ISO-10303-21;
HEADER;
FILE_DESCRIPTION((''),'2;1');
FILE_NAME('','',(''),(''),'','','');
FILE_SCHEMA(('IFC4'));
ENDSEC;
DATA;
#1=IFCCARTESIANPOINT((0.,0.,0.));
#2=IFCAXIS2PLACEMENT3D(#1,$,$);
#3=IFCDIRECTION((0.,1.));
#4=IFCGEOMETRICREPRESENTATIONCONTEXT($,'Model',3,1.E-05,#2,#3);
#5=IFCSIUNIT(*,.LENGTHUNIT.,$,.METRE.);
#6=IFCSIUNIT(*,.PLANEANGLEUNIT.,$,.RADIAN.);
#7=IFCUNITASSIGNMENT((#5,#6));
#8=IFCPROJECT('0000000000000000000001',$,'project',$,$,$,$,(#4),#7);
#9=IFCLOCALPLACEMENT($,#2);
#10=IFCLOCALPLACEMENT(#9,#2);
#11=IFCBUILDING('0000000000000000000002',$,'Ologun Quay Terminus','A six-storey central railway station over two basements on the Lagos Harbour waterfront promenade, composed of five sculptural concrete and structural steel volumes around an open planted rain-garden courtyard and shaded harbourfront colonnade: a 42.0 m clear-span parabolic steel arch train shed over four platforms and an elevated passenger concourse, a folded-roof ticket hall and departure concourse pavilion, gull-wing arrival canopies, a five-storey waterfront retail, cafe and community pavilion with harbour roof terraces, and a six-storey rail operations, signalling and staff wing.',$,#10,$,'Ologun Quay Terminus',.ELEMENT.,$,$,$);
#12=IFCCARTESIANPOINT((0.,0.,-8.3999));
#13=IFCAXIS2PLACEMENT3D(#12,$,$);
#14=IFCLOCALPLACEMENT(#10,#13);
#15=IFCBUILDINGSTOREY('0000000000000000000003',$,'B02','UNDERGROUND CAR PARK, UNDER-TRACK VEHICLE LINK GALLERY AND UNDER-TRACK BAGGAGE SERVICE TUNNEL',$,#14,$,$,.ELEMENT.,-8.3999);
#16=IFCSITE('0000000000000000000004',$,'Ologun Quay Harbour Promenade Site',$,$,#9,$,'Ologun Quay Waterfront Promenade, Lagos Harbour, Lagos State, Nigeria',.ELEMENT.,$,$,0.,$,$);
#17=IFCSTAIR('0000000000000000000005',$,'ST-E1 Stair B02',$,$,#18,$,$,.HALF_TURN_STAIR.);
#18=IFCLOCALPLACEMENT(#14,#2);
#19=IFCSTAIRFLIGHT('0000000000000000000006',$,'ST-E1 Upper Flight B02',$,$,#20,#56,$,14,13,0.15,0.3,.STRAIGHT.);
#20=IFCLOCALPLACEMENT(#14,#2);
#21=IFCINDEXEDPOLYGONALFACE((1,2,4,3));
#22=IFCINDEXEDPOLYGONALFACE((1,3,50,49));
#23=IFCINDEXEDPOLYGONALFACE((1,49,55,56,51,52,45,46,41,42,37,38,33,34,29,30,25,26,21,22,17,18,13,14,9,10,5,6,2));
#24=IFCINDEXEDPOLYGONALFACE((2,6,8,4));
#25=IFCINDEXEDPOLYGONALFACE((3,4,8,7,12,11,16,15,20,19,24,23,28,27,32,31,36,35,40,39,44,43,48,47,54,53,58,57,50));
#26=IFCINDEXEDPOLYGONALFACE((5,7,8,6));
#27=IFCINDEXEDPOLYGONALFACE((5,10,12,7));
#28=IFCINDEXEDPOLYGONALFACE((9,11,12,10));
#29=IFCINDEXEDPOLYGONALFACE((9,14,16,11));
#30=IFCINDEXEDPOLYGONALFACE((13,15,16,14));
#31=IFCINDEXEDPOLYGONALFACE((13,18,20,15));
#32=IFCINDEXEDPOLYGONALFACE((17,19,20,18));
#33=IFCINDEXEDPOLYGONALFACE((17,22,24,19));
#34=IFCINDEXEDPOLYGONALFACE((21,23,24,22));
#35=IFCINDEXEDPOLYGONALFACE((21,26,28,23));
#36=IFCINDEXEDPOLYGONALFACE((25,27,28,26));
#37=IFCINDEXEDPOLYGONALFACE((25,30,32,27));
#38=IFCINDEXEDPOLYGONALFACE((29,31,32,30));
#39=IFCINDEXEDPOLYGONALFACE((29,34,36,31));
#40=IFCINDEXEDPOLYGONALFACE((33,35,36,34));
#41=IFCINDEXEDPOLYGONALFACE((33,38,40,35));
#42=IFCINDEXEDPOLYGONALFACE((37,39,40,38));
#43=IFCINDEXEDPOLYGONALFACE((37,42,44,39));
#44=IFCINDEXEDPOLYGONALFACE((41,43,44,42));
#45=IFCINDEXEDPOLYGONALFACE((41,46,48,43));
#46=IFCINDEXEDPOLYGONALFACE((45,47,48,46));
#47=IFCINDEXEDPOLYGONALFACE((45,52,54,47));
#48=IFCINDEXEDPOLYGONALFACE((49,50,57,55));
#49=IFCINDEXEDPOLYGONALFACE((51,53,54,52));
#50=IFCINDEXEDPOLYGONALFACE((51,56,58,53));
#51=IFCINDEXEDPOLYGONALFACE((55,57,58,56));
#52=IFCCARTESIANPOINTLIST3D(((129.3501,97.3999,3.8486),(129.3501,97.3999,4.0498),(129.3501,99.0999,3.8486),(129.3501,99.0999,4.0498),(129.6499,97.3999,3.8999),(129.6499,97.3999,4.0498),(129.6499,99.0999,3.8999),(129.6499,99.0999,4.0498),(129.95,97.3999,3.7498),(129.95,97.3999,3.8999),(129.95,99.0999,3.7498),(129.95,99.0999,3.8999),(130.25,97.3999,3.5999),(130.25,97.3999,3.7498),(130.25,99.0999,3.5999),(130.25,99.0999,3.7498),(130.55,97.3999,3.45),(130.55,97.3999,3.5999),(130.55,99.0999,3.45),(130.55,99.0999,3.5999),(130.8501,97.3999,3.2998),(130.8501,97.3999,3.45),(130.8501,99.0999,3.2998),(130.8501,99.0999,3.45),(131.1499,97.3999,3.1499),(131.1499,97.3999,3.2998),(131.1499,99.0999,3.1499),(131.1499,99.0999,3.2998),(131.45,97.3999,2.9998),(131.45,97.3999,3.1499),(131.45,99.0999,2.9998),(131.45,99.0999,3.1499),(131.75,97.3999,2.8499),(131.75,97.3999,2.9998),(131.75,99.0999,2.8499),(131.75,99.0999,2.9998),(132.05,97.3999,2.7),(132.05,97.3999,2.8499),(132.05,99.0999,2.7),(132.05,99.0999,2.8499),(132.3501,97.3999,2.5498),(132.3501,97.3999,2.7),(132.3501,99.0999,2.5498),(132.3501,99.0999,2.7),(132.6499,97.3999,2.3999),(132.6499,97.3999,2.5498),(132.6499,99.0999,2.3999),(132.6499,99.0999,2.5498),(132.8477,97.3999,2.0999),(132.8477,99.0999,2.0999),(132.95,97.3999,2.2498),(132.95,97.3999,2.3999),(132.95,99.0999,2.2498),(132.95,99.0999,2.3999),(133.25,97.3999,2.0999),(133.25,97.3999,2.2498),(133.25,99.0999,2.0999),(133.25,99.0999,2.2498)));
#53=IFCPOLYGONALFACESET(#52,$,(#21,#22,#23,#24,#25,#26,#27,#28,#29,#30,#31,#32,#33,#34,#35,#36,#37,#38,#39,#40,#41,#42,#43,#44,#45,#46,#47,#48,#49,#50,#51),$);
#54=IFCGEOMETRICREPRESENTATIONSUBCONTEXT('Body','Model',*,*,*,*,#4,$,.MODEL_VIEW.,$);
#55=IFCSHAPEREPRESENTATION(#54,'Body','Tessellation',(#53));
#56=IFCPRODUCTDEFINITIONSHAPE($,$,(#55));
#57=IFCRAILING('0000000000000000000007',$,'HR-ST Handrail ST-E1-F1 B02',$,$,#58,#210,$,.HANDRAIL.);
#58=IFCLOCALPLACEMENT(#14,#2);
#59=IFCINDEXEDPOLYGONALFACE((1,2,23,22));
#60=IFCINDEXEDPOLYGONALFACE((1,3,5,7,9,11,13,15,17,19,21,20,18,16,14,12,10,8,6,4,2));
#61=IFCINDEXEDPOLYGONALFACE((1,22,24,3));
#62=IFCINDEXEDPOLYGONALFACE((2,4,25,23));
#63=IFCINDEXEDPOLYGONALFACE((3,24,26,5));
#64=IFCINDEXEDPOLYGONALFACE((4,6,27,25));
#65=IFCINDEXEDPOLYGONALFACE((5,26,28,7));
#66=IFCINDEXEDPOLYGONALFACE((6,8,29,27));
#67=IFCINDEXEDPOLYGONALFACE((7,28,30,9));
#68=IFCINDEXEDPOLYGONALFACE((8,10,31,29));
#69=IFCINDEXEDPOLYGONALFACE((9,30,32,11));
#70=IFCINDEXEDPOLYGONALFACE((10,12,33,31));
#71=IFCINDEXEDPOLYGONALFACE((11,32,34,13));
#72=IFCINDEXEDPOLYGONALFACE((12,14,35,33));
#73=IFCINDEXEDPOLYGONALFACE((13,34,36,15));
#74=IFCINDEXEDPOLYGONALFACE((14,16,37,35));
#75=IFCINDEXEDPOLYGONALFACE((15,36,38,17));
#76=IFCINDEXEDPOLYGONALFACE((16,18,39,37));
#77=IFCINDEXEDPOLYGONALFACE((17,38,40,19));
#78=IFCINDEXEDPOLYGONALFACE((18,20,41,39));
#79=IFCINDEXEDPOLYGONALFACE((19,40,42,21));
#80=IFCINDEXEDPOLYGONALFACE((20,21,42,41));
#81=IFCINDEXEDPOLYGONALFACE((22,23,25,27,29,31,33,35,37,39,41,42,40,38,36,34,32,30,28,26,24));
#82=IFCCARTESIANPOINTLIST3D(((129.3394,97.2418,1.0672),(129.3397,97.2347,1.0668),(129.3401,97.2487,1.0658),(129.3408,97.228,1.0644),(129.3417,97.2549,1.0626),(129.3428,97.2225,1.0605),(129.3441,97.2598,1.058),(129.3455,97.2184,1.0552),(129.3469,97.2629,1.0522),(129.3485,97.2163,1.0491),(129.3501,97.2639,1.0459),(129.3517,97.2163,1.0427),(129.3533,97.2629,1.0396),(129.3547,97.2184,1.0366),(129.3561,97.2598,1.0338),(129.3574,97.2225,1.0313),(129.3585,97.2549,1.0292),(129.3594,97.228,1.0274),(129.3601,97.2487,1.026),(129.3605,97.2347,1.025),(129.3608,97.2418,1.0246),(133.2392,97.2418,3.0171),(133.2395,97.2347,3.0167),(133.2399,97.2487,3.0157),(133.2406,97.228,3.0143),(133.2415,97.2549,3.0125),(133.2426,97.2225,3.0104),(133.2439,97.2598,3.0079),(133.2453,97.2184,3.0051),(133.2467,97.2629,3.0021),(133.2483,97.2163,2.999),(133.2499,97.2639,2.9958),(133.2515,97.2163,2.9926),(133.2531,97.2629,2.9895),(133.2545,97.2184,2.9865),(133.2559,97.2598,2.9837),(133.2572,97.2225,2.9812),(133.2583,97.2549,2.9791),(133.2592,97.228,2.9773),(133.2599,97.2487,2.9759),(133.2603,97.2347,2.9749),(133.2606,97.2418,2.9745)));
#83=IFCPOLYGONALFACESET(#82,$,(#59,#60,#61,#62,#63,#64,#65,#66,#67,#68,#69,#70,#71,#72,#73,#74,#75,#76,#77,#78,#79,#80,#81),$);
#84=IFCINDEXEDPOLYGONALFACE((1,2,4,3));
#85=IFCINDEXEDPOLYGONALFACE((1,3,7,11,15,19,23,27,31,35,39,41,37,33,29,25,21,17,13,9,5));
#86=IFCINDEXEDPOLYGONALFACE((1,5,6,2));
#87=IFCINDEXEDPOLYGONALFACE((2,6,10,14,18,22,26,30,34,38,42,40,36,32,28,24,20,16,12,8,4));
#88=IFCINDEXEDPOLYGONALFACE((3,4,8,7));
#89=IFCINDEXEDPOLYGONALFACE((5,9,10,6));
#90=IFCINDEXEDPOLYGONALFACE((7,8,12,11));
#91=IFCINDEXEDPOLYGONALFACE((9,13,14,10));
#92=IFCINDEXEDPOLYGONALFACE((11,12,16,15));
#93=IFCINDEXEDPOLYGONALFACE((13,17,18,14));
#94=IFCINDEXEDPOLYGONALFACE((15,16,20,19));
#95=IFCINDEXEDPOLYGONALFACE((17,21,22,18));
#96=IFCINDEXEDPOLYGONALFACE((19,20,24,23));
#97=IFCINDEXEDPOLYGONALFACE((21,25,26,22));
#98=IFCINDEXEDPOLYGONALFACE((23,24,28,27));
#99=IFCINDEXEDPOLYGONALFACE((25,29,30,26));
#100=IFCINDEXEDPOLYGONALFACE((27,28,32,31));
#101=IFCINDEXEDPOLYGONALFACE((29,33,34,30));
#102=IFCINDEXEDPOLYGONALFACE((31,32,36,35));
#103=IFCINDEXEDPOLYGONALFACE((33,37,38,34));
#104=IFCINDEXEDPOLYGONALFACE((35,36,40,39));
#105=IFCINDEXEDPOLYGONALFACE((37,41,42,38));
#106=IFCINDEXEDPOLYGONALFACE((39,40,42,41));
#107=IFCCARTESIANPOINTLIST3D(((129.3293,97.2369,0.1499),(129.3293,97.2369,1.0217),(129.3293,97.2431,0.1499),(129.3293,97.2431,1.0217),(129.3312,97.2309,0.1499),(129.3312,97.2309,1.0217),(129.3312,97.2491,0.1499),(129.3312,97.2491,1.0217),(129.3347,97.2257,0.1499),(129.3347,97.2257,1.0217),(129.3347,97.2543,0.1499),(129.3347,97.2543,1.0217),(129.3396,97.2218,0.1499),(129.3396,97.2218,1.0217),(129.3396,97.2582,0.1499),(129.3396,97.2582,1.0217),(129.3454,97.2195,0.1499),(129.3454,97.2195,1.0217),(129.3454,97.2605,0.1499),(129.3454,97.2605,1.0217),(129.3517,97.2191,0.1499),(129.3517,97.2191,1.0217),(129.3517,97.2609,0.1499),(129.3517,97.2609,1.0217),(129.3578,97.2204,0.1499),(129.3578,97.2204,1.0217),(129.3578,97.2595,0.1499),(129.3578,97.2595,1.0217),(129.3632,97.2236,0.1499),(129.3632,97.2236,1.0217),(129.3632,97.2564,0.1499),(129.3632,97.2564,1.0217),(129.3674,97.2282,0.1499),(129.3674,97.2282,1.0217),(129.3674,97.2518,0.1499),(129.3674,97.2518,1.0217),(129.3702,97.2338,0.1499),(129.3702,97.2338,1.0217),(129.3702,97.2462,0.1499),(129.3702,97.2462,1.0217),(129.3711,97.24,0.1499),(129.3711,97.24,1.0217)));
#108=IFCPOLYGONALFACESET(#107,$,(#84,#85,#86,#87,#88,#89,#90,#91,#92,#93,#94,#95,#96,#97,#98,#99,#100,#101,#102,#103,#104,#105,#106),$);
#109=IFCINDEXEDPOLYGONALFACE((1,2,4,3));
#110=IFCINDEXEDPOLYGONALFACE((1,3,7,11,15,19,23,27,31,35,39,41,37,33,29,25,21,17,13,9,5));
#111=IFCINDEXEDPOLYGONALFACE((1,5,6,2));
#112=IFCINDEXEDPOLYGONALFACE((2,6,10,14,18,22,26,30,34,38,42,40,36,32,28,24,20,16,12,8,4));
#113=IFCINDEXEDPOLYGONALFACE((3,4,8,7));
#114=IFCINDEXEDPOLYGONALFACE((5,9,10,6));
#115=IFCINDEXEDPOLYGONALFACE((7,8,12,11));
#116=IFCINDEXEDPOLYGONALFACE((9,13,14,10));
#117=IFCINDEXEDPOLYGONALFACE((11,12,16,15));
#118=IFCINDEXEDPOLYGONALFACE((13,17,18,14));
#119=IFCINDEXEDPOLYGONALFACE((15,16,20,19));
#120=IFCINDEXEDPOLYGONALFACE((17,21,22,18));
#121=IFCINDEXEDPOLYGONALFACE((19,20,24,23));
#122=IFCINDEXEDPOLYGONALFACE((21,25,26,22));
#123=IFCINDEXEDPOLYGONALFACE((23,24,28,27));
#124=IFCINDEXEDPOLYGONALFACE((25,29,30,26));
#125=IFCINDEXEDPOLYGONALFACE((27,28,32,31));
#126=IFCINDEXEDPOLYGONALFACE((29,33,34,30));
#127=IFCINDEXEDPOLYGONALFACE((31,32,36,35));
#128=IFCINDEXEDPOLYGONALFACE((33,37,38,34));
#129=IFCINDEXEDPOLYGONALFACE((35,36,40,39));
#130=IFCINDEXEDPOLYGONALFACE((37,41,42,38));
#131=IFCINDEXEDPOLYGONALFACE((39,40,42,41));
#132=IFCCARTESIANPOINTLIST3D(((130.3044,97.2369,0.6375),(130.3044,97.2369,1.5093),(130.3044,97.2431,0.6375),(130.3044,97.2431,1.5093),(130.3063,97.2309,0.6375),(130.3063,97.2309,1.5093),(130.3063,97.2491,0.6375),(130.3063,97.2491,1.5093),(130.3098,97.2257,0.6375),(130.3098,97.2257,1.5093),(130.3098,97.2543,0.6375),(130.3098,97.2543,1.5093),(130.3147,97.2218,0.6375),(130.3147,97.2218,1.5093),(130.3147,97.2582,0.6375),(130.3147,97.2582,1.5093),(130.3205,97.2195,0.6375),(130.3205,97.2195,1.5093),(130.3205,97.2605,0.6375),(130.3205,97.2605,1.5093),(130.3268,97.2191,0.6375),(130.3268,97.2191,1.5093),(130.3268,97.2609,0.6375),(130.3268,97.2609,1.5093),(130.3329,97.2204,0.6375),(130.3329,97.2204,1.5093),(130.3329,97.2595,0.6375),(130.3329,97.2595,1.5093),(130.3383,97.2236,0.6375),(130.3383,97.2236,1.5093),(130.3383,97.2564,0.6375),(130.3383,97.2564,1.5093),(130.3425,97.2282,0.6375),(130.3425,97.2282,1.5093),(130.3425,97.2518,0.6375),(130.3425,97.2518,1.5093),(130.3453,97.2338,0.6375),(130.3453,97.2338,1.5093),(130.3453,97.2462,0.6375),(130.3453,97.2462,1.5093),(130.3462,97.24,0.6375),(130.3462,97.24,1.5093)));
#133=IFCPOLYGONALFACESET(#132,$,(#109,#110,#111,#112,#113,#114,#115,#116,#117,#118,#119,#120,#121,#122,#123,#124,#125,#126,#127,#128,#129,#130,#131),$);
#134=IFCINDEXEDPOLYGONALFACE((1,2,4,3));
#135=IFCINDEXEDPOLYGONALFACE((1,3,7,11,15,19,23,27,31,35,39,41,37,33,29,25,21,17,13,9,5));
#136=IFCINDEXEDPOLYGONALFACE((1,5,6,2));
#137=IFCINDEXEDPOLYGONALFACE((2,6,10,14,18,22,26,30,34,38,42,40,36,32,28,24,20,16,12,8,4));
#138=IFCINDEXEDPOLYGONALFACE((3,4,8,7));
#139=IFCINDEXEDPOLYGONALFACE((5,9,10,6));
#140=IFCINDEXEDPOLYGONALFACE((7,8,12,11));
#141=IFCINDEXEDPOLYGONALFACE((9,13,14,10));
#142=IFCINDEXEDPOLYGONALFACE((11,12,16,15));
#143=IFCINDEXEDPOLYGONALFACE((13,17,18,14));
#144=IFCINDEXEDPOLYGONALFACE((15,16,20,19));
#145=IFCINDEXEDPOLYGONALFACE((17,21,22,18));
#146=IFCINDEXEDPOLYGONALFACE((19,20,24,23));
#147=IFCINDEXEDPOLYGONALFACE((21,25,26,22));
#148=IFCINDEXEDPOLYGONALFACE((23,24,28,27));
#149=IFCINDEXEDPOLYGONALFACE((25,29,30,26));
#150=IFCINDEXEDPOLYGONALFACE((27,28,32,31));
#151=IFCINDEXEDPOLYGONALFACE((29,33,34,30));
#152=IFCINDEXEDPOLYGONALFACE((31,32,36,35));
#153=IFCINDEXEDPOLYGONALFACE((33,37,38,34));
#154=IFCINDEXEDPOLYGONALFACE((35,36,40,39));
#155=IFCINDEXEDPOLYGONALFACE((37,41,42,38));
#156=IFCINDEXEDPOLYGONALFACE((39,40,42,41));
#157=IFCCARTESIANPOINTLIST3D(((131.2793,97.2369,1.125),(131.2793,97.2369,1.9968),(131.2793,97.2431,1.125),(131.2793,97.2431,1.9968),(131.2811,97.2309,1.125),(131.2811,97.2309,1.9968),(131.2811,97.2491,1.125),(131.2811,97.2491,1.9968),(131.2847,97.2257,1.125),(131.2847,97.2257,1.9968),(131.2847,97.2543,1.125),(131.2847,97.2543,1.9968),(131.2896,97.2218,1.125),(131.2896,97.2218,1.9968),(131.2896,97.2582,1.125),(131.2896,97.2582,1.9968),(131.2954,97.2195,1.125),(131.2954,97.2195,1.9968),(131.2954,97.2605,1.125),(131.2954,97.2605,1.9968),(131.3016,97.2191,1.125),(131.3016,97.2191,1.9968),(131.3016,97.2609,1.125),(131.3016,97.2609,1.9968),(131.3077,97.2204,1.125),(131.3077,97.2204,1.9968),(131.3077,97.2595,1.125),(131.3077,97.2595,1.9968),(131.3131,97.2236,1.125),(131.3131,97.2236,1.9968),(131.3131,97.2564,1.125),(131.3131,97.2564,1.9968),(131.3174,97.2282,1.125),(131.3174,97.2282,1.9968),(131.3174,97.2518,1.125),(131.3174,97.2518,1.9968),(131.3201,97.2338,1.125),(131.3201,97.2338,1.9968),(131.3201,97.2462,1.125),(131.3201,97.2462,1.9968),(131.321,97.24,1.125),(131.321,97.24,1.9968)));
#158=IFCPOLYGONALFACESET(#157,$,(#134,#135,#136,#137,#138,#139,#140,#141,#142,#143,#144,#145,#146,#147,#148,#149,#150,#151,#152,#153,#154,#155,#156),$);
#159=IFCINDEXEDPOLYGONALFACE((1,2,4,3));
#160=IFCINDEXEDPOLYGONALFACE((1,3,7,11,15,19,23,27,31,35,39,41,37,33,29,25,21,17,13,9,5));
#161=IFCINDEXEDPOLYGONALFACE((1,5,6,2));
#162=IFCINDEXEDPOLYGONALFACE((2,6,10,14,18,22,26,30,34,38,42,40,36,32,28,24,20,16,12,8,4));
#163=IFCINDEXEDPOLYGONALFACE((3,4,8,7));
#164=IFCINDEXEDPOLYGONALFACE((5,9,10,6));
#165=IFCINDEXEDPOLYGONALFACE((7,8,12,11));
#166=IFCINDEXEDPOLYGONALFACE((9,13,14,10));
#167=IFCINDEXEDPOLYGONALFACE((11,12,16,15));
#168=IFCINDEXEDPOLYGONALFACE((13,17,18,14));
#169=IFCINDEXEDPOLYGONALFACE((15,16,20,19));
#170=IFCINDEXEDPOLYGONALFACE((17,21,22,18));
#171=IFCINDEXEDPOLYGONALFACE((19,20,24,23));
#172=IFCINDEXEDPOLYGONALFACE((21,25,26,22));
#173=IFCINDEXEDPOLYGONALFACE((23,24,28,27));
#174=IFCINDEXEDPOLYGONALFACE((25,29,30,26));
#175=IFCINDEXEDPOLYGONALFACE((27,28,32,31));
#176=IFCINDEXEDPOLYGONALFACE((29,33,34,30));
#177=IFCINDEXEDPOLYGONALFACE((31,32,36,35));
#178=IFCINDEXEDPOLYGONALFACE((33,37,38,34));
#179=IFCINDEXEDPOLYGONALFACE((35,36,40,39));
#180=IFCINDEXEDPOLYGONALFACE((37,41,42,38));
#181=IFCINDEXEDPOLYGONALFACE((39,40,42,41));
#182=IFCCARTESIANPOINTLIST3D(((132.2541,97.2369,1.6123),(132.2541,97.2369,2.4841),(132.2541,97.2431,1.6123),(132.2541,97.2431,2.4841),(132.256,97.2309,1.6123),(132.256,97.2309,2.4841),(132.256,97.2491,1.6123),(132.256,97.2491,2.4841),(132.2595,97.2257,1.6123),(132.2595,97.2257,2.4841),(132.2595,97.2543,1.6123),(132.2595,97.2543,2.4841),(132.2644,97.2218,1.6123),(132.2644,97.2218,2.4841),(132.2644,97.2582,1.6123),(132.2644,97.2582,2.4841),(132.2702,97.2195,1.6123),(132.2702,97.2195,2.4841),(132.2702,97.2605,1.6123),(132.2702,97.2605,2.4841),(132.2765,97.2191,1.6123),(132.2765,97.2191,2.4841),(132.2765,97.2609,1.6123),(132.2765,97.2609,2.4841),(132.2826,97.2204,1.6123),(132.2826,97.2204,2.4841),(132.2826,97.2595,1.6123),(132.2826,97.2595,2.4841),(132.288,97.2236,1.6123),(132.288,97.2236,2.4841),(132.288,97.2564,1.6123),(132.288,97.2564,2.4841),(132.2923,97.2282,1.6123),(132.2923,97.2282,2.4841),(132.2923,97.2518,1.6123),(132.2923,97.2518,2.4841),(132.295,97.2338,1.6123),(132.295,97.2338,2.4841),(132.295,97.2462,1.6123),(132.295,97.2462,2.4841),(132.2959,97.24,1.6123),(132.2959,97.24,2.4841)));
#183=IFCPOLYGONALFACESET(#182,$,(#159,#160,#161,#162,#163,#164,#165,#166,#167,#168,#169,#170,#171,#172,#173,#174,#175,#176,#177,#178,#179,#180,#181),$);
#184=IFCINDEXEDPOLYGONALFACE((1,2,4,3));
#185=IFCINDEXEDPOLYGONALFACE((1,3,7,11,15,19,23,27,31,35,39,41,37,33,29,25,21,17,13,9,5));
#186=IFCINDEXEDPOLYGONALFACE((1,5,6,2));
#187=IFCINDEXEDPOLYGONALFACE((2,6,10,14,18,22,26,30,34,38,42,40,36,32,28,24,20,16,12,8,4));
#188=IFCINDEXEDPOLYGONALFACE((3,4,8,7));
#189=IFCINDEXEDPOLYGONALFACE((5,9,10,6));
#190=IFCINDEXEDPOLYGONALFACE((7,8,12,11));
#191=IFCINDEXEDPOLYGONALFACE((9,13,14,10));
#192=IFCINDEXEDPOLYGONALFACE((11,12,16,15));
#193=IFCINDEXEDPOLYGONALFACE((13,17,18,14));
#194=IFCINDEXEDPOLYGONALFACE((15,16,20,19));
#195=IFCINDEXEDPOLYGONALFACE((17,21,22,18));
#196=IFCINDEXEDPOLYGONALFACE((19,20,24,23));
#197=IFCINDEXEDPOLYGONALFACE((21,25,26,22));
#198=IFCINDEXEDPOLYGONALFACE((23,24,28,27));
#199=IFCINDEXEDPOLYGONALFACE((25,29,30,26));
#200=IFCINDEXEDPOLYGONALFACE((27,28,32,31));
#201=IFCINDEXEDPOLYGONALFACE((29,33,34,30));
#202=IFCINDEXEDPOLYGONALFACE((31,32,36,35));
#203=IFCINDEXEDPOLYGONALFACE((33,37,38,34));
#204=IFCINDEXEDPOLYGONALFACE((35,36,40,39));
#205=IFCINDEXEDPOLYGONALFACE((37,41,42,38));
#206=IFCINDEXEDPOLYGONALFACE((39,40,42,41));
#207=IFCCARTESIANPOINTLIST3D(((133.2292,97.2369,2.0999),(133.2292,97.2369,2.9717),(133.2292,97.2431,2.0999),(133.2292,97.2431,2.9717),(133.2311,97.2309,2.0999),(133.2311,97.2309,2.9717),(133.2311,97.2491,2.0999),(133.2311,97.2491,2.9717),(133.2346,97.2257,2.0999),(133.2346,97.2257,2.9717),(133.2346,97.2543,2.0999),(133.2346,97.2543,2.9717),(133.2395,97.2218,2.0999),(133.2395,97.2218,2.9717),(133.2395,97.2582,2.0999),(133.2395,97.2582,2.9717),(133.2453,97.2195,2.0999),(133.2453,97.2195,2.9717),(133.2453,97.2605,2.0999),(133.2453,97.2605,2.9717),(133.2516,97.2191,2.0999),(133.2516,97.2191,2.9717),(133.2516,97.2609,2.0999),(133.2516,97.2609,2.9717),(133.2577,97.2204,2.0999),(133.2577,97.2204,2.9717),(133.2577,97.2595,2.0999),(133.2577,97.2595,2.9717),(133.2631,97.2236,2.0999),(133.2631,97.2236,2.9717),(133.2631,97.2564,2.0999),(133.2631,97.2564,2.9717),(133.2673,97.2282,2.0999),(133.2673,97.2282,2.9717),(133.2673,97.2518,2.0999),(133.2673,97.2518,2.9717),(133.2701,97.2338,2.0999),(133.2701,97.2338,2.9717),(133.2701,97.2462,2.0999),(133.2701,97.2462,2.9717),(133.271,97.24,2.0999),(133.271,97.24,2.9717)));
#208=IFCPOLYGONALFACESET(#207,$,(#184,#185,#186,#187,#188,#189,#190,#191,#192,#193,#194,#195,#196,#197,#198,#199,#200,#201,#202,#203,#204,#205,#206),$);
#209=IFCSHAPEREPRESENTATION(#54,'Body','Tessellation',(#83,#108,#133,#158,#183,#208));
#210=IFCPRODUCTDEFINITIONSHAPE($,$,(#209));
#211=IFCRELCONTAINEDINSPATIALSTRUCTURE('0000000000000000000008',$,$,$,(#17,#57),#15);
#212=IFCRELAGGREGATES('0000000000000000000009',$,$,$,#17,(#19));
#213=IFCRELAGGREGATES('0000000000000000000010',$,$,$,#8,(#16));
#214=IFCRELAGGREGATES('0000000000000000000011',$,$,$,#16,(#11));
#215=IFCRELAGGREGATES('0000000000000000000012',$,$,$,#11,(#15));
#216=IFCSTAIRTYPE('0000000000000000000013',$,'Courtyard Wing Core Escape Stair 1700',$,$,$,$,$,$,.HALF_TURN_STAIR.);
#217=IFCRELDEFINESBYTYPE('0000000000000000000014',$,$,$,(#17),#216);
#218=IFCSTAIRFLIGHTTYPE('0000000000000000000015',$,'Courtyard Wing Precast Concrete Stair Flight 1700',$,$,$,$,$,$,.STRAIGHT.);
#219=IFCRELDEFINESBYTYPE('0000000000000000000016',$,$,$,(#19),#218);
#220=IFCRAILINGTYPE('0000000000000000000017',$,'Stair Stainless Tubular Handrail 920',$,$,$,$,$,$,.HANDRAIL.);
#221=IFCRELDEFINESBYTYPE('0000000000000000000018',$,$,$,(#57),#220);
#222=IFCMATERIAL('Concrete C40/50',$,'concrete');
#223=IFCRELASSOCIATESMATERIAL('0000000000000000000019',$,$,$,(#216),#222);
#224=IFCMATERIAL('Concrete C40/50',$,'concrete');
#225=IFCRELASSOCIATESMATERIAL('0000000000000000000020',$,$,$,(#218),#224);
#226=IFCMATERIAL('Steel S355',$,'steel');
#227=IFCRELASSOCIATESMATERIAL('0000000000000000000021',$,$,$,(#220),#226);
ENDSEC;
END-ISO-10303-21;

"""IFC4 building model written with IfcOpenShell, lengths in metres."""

from ifc_helpers import new_model, si_unit, direction, frame, origin, origin_2d, place, context, subcontext, project, spatial, polyline, circle, outline, extrude, material, type_object, element, aggregate, save


model = new_model("IFC4")

# Units and contexts
model_context = context("Model", 3, precision=1e-05, world=origin(), true_north=direction((0.0, 1.0)))
body_context = subcontext(model_context, "Body", "Model", "MODEL_VIEW")
ifc_project = project(units=[si_unit("LENGTHUNIT", "METRE"), si_unit("PLANEANGLEUNIT", "RADIAN")], contexts=[model_context])

# Site, building, storey
site_placement = place(None, origin())
site = spatial("IfcSite", under=ifc_project, at=site_placement, Name="Ologun Quay Harbour Promenade Site", LongName="Ologun Quay Waterfront Promenade, Lagos Harbour, Lagos State, Nigeria", CompositionType="ELEMENT", RefElevation=0.0)
building_placement = place(site_placement, origin())
building = spatial("IfcBuilding", under=site, at=building_placement, Name="Ologun Quay Terminus", Description="A six-storey central railway station over two basements on the Lagos Harbour waterfront promenade, composed of five sculptural concrete and structural steel volumes around an open planted rain-garden courtyard and shaded harbourfront colonnade: a 42.0 m clear-span parabolic steel arch train shed over four platforms and an elevated passenger concourse, a folded-roof ticket hall and departure concourse pavilion, gull-wing arrival canopies, a five-storey waterfront retail, cafe and community pavilion with harbour roof terraces, and a six-storey rail operations, signalling and staff wing.", LongName="Ologun Quay Terminus", CompositionType="ELEMENT")
storey_placement = place(building_placement, frame((0.0, 0.0, -8.3999)))
storey = spatial("IfcBuildingStorey", under=building, at=storey_placement, Name="B02", Description="UNDERGROUND CAR PARK, UNDER-TRACK VEHICLE LINK GALLERY AND UNDER-TRACK BAGGAGE SERVICE TUNNEL", CompositionType="ELEMENT", Elevation=-8.3999)

# Stair, stair flight
ifc_material_1 = material(Name="Concrete C40/50", Category="concrete")
stair_type = type_object("IfcStairType", Name="Courtyard Wing Core Escape Stair 1700", PredefinedType="HALF_TURN_STAIR", material=ifc_material_1)
stair_placement = place(storey_placement, origin())
stair = element("IfcStair", 1, at=stair_placement, inside=storey, type_object=stair_type, Name="ST-E1 Stair B02", PredefinedType="HALF_TURN_STAIR")
ifc_material_2 = material(Name="Concrete C40/50", Category="concrete")
stair_flight_type = type_object("IfcStairFlightType", Name="Courtyard Wing Precast Concrete Stair Flight 1700", PredefinedType="STRAIGHT", material=ifc_material_2)
stair_flight_1_placement = place(storey_placement, frame((133.25, 98.25, 2.0999), z_axis=(0.0, 0.0, 1.0), x_axis=(-1.0, 0.0, 0.0)))
stair_flight_1 = element("IfcStairFlight", 2, at=stair_flight_1_placement, type_object=stair_flight_type, Name="ST-E1 Upper Flight B02", NumberOfRisers=14, NumberOfTreads=13, PredefinedType="STRAIGHT", RiserHeight=0.15, TreadLength=0.3, context=body_context, shape_type="SweptSolid", body=[
    extrude(outline(polyline([(0.0, 0.0), (0.0, 0.1499), (0.3, 0.1499), (0.3, 0.3), (0.6001, 0.3), (0.6001, 0.45), (0.8999, 0.45), (0.8999, 0.6001), (1.2, 0.6001), (1.2, 0.75), (1.5, 0.75), (1.5, 0.8999), (1.8, 0.8999), (1.8, 1.05), (2.1001, 1.05), (2.1001, 1.2), (2.3999, 1.2), (2.3999, 1.3501), (2.7, 1.3501), (2.7, 1.5), (3.0, 1.5), (3.0, 1.6499), (3.3, 1.6499), (3.3, 1.8), (3.6001, 1.8), (3.6001, 1.95), (3.8999, 1.95), (3.8999, 2.1001), (3.8999, 1.7488), (0.4023, 0.0), (0.0, 0.0)])), frame((0.0, 0.8501, 0.0), z_axis=(0.0, -1.0, 0.0), x_axis=(1.0, 0.0, 0.0)), (0.0, 0.0, 1.0), 1.7),
])
aggregate(stair, [stair_flight_1])

# Railing
ifc_material_3 = material(Name="Steel S355", Category="steel")
railing_type_1 = type_object("IfcRailingType", Name="Stair Stainless Tubular Handrail 920", PredefinedType="HANDRAIL", material=ifc_material_3)
railing_1_placement = place(storey_placement, frame((129.3501, 97.24, 0.1499)))
element("IfcRailing", 3, at=railing_1_placement, inside=storey, type_object=railing_type_1, Name="HR-ST Handrail ST-E1-F1 B02", PredefinedType="HANDRAIL", context=body_context, shape_type="SweptSolid", body=[
    extrude(circle(Radius=0.0239, at=origin_2d()), frame((0.0, 0.0, 0.896), z_axis=(0.894427, 0.0, 0.447214), x_axis=(0.0, 1.0, 0.0)), (0.0, 0.0, 1.0), 4.3601),
    extrude(circle(Radius=0.021, at=origin_2d()), origin(), (0.0, 0.0, 1.0), 0.8718),
    extrude(circle(Radius=0.021, at=origin_2d()), frame((0.9751, 0.0, 0.4875)), (0.0, 0.0, 1.0), 0.8718),
    extrude(circle(Radius=0.021, at=origin_2d()), frame((1.95, 0.0, 0.9751)), (0.0, 0.0, 1.0), 0.8718),
    extrude(circle(Radius=0.021, at=origin_2d()), frame((2.9248, 0.0, 1.4624)), (0.0, 0.0, 1.0), 0.8718),
    extrude(circle(Radius=0.021, at=origin_2d()), frame((3.8999, 0.0, 1.95)), (0.0, 0.0, 1.0), 0.8718),
])

save(model, "model.ifc")
